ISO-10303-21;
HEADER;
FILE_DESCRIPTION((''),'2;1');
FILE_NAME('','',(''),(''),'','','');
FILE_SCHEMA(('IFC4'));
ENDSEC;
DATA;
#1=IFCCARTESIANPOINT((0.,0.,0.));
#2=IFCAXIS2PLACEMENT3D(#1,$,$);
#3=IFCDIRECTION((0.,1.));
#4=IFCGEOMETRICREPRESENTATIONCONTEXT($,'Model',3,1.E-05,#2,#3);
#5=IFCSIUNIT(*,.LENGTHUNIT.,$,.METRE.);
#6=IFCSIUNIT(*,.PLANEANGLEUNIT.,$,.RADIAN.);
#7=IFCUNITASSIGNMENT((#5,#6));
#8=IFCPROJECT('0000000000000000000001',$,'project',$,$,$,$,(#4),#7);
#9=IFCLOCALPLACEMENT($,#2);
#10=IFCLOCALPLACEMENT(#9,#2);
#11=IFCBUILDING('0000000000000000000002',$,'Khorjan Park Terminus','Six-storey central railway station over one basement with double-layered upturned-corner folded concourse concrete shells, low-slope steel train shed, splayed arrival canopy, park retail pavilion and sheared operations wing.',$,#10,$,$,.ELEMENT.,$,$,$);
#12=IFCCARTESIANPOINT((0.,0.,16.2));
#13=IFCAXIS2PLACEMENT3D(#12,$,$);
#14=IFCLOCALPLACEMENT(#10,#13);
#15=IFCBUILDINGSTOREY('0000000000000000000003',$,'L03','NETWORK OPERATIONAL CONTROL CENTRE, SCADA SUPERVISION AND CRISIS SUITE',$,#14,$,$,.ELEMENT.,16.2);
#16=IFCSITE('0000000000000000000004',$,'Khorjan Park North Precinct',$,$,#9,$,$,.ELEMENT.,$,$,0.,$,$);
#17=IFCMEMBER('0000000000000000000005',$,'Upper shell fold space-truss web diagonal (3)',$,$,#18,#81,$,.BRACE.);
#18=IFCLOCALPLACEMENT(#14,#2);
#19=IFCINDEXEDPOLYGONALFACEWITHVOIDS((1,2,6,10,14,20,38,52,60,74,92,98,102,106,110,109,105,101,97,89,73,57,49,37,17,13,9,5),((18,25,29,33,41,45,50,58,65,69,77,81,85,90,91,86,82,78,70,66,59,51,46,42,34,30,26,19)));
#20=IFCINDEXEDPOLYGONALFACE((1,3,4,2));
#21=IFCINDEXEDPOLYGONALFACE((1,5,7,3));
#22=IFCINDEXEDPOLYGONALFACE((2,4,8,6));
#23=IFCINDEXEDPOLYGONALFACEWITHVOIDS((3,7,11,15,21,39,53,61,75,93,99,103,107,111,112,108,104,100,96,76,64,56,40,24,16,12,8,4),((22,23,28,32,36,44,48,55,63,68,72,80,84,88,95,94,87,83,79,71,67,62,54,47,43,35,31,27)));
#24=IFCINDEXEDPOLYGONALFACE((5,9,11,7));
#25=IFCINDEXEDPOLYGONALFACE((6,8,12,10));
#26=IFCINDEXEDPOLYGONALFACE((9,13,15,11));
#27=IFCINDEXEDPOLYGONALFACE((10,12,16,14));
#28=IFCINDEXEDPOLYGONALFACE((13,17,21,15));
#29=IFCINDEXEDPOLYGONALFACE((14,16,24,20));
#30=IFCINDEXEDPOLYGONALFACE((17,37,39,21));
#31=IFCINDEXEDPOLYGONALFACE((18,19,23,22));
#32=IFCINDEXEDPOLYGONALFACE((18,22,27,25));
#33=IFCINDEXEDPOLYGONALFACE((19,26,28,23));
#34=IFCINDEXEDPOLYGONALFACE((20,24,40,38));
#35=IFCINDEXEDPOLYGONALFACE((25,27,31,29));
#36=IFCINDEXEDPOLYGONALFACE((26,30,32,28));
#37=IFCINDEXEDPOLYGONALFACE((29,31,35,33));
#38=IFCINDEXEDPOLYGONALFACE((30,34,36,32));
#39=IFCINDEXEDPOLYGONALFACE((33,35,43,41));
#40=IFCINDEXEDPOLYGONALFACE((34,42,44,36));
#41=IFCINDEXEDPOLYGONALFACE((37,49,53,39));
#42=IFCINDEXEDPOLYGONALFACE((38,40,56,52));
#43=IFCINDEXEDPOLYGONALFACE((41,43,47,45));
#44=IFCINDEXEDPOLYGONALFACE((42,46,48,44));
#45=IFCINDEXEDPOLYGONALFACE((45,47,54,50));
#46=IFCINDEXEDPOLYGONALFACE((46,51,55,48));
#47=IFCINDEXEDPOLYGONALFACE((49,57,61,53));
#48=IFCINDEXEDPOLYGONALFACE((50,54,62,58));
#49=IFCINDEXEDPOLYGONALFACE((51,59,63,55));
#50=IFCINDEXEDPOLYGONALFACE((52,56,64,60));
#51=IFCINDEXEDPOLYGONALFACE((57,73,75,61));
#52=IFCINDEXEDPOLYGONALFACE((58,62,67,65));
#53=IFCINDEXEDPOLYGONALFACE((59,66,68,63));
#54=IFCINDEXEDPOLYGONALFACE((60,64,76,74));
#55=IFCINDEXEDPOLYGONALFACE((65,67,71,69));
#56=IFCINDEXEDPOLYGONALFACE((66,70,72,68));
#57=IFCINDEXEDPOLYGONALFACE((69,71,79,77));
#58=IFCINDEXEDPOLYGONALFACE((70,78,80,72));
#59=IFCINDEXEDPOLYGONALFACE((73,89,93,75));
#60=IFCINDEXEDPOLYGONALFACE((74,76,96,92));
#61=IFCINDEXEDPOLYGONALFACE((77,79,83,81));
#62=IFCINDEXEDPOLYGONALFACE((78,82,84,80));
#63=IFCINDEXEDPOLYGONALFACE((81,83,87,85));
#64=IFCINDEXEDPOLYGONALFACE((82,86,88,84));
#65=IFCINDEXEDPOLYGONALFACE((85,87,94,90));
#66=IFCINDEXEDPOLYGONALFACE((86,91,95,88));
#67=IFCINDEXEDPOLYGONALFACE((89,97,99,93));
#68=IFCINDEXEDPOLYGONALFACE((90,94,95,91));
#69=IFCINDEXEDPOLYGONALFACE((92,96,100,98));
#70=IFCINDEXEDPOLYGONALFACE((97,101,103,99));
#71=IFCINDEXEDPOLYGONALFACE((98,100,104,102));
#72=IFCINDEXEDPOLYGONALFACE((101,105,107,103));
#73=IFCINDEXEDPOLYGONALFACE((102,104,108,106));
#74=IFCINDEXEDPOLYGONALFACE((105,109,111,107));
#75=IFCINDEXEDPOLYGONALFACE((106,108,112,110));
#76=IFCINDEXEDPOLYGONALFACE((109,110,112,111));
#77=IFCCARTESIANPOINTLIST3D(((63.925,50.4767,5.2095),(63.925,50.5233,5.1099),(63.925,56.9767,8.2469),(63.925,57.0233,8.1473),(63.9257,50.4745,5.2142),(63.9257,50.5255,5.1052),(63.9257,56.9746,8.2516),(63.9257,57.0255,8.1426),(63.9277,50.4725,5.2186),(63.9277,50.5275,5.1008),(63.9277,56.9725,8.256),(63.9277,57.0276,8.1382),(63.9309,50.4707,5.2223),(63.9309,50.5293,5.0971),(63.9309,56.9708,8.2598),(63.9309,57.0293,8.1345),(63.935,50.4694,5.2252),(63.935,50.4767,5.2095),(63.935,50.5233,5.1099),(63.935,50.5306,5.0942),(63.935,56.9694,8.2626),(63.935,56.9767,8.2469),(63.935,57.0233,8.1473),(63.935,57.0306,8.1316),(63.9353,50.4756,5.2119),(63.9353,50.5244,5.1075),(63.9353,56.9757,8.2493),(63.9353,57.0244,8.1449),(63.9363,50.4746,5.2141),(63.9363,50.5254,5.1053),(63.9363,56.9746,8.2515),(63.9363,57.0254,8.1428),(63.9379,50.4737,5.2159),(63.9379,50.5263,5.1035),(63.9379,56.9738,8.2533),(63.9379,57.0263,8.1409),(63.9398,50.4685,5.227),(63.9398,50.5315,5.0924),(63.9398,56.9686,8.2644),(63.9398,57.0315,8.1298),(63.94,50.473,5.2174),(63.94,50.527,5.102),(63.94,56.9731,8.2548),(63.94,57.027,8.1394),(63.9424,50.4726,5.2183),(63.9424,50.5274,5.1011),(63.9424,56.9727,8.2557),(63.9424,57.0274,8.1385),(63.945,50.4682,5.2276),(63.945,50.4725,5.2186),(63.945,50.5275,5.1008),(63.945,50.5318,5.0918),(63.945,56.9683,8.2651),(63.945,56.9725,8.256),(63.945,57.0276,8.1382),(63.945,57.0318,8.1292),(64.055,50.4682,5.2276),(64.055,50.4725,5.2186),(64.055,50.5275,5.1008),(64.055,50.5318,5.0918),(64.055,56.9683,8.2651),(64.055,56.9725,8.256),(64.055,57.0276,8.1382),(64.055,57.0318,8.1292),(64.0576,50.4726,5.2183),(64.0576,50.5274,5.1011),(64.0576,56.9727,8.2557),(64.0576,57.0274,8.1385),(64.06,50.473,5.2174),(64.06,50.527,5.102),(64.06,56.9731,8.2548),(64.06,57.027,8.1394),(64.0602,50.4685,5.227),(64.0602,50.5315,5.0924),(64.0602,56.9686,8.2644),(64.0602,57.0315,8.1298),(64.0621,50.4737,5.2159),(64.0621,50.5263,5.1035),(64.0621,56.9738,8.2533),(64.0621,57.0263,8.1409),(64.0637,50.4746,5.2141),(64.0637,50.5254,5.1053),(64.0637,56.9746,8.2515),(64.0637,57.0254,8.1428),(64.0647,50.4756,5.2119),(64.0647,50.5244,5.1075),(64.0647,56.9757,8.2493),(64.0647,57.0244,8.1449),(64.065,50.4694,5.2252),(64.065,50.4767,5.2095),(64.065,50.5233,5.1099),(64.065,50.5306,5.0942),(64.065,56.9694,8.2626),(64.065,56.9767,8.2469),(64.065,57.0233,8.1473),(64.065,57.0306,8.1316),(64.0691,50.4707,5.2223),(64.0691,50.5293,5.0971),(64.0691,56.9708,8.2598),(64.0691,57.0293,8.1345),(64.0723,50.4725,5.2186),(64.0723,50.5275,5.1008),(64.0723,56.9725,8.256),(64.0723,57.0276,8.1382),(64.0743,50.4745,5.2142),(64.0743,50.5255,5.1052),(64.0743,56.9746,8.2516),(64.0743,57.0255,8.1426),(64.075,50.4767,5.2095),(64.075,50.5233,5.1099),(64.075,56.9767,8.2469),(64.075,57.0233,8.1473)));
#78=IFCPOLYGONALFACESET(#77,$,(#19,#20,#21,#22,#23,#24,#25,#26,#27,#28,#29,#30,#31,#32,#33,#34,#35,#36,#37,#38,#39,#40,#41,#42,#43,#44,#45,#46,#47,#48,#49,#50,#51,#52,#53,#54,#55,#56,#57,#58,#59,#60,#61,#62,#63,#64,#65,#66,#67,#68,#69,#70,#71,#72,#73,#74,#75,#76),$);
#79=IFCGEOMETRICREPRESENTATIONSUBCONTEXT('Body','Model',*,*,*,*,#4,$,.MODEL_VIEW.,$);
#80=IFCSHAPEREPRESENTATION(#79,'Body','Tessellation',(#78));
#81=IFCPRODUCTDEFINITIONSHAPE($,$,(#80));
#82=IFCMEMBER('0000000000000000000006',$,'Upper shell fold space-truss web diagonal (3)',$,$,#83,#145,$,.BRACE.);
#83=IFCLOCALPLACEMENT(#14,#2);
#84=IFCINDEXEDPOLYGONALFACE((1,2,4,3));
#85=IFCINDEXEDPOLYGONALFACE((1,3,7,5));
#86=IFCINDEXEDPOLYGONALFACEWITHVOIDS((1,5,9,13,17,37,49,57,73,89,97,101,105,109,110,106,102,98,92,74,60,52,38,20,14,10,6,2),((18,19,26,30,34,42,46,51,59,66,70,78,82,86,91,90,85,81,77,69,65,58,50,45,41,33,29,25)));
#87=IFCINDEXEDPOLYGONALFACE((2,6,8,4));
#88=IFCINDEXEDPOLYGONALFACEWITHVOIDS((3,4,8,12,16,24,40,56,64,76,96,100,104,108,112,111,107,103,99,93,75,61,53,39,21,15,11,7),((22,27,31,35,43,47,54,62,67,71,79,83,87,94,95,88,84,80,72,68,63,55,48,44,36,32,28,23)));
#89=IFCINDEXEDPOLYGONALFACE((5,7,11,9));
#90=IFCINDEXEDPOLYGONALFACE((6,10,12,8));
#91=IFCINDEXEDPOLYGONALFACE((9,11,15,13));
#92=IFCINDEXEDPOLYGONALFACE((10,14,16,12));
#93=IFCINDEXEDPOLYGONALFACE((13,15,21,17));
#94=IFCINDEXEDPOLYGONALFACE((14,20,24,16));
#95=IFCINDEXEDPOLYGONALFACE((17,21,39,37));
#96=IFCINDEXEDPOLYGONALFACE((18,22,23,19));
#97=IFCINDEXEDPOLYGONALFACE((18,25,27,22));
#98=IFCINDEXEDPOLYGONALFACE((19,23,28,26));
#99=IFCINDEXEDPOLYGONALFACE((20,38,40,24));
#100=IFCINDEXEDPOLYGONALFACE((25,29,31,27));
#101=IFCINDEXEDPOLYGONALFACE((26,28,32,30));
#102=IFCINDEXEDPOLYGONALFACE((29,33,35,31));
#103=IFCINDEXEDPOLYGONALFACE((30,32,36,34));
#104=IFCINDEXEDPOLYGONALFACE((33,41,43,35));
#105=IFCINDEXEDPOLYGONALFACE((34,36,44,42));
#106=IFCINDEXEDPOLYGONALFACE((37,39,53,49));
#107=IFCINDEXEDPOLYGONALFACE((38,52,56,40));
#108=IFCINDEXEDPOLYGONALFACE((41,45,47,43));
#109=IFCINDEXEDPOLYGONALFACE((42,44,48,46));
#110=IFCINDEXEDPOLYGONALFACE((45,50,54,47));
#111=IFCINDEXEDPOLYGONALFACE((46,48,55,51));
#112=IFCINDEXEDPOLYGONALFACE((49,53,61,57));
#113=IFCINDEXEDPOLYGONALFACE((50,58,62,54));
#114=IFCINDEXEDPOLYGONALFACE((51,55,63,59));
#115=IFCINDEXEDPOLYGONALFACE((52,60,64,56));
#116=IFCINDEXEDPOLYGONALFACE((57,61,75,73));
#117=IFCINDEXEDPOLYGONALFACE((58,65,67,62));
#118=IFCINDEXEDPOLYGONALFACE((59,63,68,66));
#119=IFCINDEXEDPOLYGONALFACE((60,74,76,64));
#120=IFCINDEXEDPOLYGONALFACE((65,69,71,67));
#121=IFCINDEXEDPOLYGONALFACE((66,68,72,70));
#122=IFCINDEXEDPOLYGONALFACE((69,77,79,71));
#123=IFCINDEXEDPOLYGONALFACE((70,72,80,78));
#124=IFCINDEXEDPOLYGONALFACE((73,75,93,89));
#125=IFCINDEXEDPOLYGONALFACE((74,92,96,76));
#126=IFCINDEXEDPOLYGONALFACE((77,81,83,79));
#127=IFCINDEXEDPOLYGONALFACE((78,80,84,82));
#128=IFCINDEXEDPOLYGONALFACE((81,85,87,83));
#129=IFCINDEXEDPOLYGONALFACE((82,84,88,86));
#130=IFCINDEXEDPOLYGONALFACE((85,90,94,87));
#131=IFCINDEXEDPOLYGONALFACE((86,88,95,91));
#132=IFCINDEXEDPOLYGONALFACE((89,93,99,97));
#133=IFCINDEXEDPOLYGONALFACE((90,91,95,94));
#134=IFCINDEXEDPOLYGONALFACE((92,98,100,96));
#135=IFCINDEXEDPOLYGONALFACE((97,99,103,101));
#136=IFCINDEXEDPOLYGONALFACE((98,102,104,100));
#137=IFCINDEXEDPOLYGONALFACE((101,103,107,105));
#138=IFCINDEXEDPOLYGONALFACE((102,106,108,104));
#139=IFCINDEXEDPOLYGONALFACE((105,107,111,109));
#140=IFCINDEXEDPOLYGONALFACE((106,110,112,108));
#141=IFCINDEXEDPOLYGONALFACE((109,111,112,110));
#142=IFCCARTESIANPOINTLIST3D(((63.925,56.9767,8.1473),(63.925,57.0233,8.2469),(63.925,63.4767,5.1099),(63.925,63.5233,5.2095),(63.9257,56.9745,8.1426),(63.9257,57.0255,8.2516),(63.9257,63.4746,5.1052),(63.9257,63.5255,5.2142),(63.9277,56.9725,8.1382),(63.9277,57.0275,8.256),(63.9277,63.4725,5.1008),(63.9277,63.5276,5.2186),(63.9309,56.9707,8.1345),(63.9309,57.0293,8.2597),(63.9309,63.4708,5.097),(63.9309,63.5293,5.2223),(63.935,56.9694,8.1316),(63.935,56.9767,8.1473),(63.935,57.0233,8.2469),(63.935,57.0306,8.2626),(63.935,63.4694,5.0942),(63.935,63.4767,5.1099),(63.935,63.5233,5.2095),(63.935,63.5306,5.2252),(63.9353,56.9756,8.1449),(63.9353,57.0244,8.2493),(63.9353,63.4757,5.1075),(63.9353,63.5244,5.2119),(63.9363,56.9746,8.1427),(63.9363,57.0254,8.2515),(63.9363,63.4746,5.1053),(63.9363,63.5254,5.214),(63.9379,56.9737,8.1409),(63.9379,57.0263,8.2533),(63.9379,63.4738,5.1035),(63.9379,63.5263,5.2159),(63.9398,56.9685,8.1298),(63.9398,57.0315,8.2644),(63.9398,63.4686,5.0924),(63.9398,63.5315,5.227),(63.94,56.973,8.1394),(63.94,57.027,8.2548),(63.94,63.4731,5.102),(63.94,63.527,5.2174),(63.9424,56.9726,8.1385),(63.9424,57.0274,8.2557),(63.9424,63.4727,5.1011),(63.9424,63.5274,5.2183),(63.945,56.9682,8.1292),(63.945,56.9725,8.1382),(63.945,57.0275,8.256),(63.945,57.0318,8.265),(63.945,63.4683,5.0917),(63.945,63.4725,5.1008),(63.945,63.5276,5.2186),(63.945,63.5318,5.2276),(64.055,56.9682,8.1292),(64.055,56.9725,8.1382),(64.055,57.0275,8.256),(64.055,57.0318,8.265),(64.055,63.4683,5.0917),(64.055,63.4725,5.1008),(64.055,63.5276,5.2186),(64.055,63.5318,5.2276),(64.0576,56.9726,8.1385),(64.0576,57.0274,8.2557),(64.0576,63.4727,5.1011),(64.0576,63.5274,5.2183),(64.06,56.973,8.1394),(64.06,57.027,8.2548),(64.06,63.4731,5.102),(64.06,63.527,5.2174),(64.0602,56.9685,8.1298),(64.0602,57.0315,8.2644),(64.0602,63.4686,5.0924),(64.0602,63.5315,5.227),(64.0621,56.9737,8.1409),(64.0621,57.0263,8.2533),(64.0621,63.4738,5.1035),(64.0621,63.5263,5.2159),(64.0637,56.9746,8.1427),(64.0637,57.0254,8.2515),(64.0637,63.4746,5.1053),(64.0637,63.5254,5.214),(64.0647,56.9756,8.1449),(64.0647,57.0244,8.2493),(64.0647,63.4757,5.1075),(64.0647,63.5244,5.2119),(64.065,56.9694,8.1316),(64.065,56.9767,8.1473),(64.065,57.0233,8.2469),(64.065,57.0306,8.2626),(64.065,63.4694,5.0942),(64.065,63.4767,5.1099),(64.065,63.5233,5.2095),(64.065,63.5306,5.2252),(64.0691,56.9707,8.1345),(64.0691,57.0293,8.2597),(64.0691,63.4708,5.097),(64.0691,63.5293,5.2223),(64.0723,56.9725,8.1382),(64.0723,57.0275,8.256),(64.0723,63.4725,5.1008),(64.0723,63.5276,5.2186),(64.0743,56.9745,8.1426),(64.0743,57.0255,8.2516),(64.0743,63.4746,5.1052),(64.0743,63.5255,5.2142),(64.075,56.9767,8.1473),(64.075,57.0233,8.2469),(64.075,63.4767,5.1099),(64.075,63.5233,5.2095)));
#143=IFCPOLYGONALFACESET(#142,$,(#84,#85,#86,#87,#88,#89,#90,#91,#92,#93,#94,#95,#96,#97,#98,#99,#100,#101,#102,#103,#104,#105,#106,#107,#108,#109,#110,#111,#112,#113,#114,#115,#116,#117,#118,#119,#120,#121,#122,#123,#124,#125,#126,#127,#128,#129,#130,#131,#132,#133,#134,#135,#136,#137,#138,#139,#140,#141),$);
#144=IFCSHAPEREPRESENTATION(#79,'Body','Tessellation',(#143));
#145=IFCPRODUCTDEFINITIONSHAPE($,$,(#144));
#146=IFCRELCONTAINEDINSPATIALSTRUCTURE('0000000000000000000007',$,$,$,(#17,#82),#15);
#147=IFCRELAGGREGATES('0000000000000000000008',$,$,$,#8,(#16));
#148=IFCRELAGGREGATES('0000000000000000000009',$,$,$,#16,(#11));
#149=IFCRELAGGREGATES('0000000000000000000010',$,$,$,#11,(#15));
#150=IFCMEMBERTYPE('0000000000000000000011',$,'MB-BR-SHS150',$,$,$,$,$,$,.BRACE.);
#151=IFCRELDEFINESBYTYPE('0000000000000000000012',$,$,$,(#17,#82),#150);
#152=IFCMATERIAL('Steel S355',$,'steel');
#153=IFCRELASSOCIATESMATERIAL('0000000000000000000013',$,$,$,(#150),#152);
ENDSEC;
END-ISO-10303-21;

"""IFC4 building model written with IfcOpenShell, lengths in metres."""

from ifc_helpers import new_model, si_unit, direction, frame, origin, origin_2d, place, context, subcontext, project, spatial, hollow_rectangle, extrude, material, material_profile, profile_set, type_object, element, save


model = new_model("IFC4")

# Units and contexts
model_context = context("Model", 3, precision=1e-05, world=origin(), true_north=direction((0.0, 1.0)))
body_context = subcontext(model_context, "Body", "Model", "MODEL_VIEW")
ifc_project = project(units=[si_unit("LENGTHUNIT", "METRE"), si_unit("PLANEANGLEUNIT", "RADIAN")], contexts=[model_context])

# Site, building, storey
site_placement = place(None, origin())
site = spatial("IfcSite", under=ifc_project, at=site_placement, Name="Khorjan Park North Precinct", CompositionType="ELEMENT", RefElevation=0.0)
building_placement = place(site_placement, origin())
building = spatial("IfcBuilding", under=site, at=building_placement, Name="Khorjan Park Terminus", Description="Six-storey central railway station over one basement with double-layered upturned-corner folded concourse concrete shells, low-slope steel train shed, splayed arrival canopy, park retail pavilion and sheared operations wing.", CompositionType="ELEMENT")
storey_placement = place(building_placement, frame((0.0, 0.0, 16.2)))
storey = spatial("IfcBuildingStorey", under=building, at=storey_placement, Name="L03", Description="NETWORK OPERATIONAL CONTROL CENTRE, SCADA SUPERVISION AND CRISIS SUITE", CompositionType="ELEMENT", Elevation=16.2)

# Members
ifc_material = material(Name="Steel S355", Category="steel")
ifc_material_profile_1 = material_profile(ifc_material, hollow_rectangle(XDim=0.15, YDim=0.15, WallThickness=0.01, InnerFilletRadius=0.01, OuterFilletRadius=0.02, at=origin_2d()), Name="SHS 150x150x10")
ifc_profile_set_1 = profile_set([ifc_material_profile_1], Name="Steel S355")
member_type_1 = type_object("IfcMemberType", Name="MB-BR-SHS150", PredefinedType="BRACE", material=ifc_profile_set_1)
for number, where, z_axis, x_axis, name in (
    (1, (64.0, 50.5, 5.1597), (0.0, 0.905966, 0.423351), (-1.0, 0.0, 0.0), "Upper shell fold space-truss web diagonal (3)"),
    (2, (64.0, 57.0, 8.1971), (0.0, 0.905966, -0.423351), (-1.0, 0.0, 0.0), "Upper shell fold space-truss web diagonal (3)"),
):
    element("IfcMember", number, at=place(storey_placement, frame(where, z_axis=z_axis, x_axis=x_axis)), inside=storey, type_object=member_type_1, Name=name, PredefinedType="BRACE", context=body_context, shape_type="SweptSolid", body=[
        extrude(hollow_rectangle(XDim=0.15, YDim=0.15, WallThickness=0.01, InnerFilletRadius=0.01, OuterFilletRadius=0.02, at=origin_2d()), origin(), (0.0, 0.0, 1.0), 7.1747),
    ])

save(model, "model.ifc")
